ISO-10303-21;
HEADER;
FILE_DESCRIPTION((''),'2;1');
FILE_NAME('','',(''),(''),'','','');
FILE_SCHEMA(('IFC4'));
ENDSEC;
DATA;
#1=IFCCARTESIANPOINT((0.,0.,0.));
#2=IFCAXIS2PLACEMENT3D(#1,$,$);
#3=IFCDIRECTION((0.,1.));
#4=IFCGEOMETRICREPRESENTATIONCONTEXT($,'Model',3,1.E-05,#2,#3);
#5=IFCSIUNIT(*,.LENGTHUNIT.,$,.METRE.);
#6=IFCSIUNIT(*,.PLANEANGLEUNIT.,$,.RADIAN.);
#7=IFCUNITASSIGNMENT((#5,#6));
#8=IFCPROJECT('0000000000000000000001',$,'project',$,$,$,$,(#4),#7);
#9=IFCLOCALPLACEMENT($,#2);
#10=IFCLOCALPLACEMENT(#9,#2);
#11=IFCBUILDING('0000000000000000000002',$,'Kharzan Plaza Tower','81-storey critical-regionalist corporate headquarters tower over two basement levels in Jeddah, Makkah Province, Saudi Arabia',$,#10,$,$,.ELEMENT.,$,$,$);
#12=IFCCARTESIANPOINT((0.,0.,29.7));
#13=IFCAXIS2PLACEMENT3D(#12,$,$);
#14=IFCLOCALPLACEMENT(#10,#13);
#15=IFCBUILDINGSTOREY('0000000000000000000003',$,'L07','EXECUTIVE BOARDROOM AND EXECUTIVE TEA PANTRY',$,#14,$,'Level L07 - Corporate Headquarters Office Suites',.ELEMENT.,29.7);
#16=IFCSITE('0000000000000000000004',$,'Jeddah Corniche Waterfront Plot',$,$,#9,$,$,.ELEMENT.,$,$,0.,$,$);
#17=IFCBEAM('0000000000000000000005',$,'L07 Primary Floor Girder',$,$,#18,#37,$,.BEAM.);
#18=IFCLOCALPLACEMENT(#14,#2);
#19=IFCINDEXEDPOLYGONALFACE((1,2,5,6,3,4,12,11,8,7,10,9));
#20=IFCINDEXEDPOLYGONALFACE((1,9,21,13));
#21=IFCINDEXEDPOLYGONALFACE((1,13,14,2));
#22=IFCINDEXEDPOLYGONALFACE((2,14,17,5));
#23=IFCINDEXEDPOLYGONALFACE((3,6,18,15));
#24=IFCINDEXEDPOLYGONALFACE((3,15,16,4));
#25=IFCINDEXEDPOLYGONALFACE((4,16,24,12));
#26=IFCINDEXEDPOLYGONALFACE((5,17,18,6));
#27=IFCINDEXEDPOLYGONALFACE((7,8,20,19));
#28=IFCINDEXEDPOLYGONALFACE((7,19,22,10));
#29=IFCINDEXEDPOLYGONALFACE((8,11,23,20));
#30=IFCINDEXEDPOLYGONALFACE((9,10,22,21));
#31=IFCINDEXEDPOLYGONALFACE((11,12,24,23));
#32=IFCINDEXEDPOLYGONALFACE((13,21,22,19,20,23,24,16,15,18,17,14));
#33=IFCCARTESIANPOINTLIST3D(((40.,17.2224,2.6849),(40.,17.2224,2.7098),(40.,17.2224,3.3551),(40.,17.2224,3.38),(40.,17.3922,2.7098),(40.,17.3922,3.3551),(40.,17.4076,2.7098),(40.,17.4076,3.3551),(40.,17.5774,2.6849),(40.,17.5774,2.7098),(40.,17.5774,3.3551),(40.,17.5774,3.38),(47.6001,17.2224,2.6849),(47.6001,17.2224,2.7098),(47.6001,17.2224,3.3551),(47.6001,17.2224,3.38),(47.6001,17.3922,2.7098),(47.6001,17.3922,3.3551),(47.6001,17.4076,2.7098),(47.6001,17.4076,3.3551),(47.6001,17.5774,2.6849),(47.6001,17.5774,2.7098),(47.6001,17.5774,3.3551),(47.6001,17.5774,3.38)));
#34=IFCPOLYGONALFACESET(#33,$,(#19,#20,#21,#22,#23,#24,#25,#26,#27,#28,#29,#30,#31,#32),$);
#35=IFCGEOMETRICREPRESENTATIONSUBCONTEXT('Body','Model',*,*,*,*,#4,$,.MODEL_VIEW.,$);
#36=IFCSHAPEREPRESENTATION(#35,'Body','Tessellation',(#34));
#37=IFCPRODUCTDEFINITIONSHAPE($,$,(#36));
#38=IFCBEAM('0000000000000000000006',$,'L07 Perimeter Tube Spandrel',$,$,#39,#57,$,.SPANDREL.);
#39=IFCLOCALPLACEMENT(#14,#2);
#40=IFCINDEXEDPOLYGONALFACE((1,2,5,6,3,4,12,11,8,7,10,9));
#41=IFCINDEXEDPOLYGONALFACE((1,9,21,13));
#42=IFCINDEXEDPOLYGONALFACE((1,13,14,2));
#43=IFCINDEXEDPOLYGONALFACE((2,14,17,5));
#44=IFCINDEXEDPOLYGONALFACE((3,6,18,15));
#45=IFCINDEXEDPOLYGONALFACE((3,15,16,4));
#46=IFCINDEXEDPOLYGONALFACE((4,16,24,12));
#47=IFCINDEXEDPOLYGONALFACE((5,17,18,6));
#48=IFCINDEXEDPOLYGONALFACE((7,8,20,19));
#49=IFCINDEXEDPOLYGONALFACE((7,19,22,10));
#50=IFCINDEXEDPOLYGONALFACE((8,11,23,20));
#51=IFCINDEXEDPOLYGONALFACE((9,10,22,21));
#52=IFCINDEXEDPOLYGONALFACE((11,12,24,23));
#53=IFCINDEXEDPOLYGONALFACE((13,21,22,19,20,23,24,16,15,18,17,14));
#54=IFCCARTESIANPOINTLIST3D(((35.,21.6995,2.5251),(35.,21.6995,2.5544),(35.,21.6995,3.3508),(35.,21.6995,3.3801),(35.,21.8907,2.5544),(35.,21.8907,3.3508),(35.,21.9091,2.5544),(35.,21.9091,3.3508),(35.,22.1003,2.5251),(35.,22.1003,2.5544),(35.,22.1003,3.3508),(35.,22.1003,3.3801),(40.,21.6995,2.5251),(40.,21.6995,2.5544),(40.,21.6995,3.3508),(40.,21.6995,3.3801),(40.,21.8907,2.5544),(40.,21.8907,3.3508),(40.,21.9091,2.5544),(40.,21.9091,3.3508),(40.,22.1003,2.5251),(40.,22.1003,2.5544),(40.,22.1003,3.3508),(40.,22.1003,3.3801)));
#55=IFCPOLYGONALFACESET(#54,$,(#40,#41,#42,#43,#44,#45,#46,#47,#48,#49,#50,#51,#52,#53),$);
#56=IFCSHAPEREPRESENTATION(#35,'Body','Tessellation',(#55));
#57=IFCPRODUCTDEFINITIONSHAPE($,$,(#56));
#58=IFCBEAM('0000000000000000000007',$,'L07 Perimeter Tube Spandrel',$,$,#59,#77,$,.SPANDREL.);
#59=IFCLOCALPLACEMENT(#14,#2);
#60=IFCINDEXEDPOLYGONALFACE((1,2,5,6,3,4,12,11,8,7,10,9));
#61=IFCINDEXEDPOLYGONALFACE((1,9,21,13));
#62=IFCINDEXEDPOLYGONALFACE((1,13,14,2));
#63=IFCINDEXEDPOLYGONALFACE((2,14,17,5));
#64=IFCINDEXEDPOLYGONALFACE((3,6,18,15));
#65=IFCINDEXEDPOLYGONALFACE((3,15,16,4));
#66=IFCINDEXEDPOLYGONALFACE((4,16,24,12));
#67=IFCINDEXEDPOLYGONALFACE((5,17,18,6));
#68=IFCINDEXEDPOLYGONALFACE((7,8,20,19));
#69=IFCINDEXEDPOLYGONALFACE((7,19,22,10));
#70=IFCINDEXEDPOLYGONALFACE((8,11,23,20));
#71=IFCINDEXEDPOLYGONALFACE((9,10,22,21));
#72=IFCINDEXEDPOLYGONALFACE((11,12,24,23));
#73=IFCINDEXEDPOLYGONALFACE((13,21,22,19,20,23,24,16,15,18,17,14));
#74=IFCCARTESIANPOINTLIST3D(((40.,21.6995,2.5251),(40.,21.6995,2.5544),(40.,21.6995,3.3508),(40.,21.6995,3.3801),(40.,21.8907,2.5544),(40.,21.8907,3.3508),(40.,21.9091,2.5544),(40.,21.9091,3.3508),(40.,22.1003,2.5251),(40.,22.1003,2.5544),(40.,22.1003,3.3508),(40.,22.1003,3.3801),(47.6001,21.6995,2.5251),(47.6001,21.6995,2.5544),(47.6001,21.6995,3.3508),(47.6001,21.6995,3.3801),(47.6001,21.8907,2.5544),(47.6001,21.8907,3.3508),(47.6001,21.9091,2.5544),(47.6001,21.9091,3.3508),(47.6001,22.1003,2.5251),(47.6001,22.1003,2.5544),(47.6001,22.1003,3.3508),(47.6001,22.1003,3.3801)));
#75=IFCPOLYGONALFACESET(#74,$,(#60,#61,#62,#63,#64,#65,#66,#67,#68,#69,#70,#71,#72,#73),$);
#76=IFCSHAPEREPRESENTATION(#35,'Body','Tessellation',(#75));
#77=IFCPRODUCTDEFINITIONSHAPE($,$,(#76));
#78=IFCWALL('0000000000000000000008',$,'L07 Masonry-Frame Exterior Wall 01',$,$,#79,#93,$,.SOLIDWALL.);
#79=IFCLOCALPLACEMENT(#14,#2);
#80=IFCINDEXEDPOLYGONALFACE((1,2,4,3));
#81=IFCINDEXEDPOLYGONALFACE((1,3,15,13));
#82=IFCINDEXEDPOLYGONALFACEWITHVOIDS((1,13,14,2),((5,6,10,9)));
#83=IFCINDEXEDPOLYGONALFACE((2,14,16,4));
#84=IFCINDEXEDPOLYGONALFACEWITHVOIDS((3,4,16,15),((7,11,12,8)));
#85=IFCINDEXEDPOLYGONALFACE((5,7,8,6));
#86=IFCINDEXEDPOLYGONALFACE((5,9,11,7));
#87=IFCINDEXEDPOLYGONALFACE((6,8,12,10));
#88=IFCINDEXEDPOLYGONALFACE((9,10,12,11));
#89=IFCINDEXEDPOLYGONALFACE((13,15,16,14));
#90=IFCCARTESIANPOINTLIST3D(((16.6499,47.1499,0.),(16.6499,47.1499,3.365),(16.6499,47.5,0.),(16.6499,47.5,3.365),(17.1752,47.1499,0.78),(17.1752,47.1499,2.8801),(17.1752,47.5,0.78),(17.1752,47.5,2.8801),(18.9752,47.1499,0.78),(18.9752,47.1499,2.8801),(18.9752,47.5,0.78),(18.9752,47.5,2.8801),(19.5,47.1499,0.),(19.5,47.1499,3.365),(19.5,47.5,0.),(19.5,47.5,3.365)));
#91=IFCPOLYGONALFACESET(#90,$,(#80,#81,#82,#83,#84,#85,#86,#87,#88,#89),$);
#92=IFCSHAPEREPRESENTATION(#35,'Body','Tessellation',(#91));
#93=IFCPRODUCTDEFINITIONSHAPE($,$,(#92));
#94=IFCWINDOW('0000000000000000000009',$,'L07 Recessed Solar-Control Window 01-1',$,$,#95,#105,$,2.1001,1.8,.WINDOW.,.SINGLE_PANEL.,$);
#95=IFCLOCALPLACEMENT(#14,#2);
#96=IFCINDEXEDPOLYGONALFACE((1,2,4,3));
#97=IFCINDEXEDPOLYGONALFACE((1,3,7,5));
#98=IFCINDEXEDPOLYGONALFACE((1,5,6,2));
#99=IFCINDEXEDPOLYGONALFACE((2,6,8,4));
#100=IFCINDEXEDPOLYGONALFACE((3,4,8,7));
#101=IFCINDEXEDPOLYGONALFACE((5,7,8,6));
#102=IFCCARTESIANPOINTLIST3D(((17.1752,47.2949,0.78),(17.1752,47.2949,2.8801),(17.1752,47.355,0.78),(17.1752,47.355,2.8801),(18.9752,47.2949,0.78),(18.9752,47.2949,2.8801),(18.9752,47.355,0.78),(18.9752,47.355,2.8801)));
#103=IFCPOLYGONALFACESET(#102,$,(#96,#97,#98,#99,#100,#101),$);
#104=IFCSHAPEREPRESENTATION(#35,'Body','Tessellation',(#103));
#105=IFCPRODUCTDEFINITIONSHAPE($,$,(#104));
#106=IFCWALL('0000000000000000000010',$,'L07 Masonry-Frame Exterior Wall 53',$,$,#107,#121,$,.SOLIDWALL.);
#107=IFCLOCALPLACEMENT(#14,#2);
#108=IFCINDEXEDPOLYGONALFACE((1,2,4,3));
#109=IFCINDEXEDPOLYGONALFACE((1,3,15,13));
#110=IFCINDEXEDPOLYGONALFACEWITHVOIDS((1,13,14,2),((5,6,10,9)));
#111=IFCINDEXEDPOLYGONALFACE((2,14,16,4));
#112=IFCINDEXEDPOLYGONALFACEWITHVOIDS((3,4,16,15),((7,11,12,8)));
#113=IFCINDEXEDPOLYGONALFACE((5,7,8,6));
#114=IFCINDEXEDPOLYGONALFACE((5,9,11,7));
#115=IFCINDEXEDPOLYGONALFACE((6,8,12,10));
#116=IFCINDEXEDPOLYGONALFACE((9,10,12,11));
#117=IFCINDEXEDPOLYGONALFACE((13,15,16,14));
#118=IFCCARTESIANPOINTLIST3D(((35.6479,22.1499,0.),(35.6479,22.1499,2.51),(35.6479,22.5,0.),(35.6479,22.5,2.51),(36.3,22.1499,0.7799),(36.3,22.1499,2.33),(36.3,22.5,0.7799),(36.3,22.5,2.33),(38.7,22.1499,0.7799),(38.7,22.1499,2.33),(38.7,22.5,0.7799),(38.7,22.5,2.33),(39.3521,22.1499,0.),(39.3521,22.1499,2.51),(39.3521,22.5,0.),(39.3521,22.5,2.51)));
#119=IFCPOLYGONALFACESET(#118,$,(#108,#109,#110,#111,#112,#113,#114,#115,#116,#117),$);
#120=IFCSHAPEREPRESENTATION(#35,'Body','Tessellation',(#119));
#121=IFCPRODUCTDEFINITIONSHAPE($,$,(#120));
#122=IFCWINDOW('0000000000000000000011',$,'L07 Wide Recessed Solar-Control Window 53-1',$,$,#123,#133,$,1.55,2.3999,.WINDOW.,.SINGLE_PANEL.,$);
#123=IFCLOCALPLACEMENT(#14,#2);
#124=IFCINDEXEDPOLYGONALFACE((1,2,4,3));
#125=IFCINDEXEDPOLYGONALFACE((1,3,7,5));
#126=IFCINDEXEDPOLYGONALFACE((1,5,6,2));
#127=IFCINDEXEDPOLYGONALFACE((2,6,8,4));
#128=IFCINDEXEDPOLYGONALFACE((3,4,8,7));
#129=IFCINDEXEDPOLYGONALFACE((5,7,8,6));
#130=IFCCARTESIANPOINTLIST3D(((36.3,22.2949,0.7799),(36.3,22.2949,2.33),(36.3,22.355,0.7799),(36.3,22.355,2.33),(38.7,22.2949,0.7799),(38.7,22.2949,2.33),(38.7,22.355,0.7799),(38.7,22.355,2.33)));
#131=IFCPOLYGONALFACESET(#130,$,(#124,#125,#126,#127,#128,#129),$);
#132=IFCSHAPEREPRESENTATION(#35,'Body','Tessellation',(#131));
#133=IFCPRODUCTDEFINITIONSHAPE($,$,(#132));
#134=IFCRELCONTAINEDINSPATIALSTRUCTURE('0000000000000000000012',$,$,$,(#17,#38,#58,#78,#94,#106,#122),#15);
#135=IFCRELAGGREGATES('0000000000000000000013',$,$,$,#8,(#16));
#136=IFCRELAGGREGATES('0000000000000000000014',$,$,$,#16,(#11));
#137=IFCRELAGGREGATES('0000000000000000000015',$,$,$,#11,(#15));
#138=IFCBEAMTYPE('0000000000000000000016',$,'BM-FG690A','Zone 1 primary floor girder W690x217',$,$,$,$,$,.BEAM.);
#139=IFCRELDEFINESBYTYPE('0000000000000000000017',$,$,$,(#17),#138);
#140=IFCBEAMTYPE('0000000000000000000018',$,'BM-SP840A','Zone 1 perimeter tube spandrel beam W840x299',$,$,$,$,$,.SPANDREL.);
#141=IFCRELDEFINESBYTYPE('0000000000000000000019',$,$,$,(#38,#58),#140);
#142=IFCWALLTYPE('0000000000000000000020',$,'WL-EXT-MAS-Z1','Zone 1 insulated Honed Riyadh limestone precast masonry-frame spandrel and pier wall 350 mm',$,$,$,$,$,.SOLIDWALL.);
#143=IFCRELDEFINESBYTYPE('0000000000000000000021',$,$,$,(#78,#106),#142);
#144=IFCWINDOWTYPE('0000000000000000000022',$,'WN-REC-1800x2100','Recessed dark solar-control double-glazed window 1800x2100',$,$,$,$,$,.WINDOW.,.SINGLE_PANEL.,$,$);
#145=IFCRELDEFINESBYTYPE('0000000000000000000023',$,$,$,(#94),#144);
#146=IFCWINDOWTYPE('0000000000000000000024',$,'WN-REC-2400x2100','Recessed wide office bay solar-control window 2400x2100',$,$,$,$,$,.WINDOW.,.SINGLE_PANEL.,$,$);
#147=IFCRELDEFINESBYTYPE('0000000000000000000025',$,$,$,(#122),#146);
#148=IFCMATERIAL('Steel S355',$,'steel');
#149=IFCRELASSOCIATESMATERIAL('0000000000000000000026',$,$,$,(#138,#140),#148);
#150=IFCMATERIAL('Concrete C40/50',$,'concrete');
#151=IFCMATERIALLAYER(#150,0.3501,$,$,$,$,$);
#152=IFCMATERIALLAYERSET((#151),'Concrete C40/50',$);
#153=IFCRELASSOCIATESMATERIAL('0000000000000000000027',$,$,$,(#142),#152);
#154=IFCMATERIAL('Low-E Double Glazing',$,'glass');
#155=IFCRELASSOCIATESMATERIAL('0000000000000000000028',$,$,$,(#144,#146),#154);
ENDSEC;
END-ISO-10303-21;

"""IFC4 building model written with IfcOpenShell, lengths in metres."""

from ifc_helpers import new_model, si_unit, direction, frame, frame_2d, origin, origin_2d, place, context, subcontext, project, spatial, rectangle, i_section, extrude, source, transform, mapped, material, layer, layer_set, material_profile, profile_set, type_object, element, fill, save


model = new_model("IFC4")

# Units and contexts
model_context = context("Model", 3, precision=1e-05, world=origin(), true_north=direction((0.0, 1.0)))
body_context = subcontext(model_context, "Body", "Model", "MODEL_VIEW")
ifc_project = project(units=[si_unit("LENGTHUNIT", "METRE"), si_unit("PLANEANGLEUNIT", "RADIAN")], contexts=[model_context])

# Site, building, storey
site_placement = place(None, origin())
site = spatial("IfcSite", under=ifc_project, at=site_placement, Name="Jeddah Corniche Waterfront Plot", CompositionType="ELEMENT", RefElevation=0.0)
building_placement = place(site_placement, origin())
building = spatial("IfcBuilding", under=site, at=building_placement, Name="Kharzan Plaza Tower", Description="81-storey critical-regionalist corporate headquarters tower over two basement levels in Jeddah, Makkah Province, Saudi Arabia", CompositionType="ELEMENT")
storey_placement = place(building_placement, frame((0.0, 0.0, 29.7)))
storey = spatial("IfcBuildingStorey", under=building, at=storey_placement, Name="L07", Description="EXECUTIVE BOARDROOM AND EXECUTIVE TEA PANTRY", LongName="Level L07 - Corporate Headquarters Office Suites", CompositionType="ELEMENT", Elevation=29.7)

# Beams
ifc_material_1 = material(Name="Steel S355", Category="steel")
ifc_material_profile_1 = material_profile(ifc_material_1, i_section(OverallWidth=0.355, OverallDepth=0.6951, WebThickness=0.0154, FlangeThickness=0.0249, at=origin_2d()), Name="W690x217")
ifc_profile_set_1 = profile_set([ifc_material_profile_1], Name="Steel S355")
beam_type_1 = type_object("IfcBeamType", Name="BM-FG690A", Description="Zone 1 primary floor girder W690x217", PredefinedType="BEAM", material=ifc_profile_set_1)
shared_shape_1 = source(origin(), body_context, "Body", "SweptSolid", [
    extrude(i_section(OverallWidth=0.355, OverallDepth=0.6951, WebThickness=0.0154, FlangeThickness=0.0249, at=origin_2d()), origin(), (0.0, 0.0, 1.0), 7.6001),
])
beam_1_placement = place(storey_placement, frame((40.0, 17.3999, 3.0325), z_axis=(1.0, 0.0, 0.0), x_axis=(0.0, 1.0, 0.0)))
element("IfcBeam", 1, at=beam_1_placement, inside=storey, type_object=beam_type_1, Name="L07 Primary Floor Girder", PredefinedType="BEAM", context=body_context, shape_type="MappedRepresentation", body=[
    mapped(shared_shape_1, transform((0.0, 0.0, 0.0), x_axis=(1.0, 0.0, 0.0), y_axis=(0.0, 1.0, 0.0), z_axis=(0.0, 0.0, 1.0))),
])
ifc_material_profile_2 = material_profile(ifc_material_1, i_section(OverallWidth=0.4009, OverallDepth=0.855, WebThickness=0.0183, FlangeThickness=0.0293, at=origin_2d()), Name="W840x299")
ifc_profile_set_2 = profile_set([ifc_material_profile_2], Name="Steel S355")
beam_type_2 = type_object("IfcBeamType", Name="BM-SP840A", Description="Zone 1 perimeter tube spandrel beam W840x299", PredefinedType="SPANDREL", material=ifc_profile_set_2)
shared_shape_2 = source(origin(), body_context, "Body", "SweptSolid", [
    extrude(i_section(OverallWidth=0.4009, OverallDepth=0.855, WebThickness=0.0183, FlangeThickness=0.0293, at=origin_2d()), origin(), (0.0, 0.0, 1.0), 5.0),
])
beam_2_placement = place(storey_placement, frame((35.0, 21.8999, 2.9526), z_axis=(1.0, 0.0, 0.0), x_axis=(0.0, 1.0, 0.0)))
element("IfcBeam", 2, at=beam_2_placement, inside=storey, type_object=beam_type_2, Name="L07 Perimeter Tube Spandrel", PredefinedType="SPANDREL", context=body_context, shape_type="MappedRepresentation", body=[
    mapped(shared_shape_2, transform((0.0, 0.0, 0.0), x_axis=(1.0, 0.0, 0.0), y_axis=(0.0, 1.0, 0.0), z_axis=(0.0, 0.0, 1.0))),
])
shared_shape_3 = source(origin(), body_context, "Body", "SweptSolid", [
    extrude(i_section(OverallWidth=0.4009, OverallDepth=0.855, WebThickness=0.0183, FlangeThickness=0.0293, at=origin_2d()), origin(), (0.0, 0.0, 1.0), 7.6001),
])
beam_3_placement = place(storey_placement, frame((40.0, 21.8999, 2.9526), z_axis=(1.0, 0.0, 0.0), x_axis=(0.0, 1.0, 0.0)))
element("IfcBeam", 3, at=beam_3_placement, inside=storey, type_object=beam_type_2, Name="L07 Perimeter Tube Spandrel", PredefinedType="SPANDREL", context=body_context, shape_type="MappedRepresentation", body=[
    mapped(shared_shape_3, transform((0.0, 0.0, 0.0), x_axis=(1.0, 0.0, 0.0), y_axis=(0.0, 1.0, 0.0), z_axis=(0.0, 0.0, 1.0))),
])

# Walls, openings, windows
ifc_material_2 = material(Name="Concrete C40/50", Category="concrete")
ifc_layer_1 = layer(ifc_material_2, 0.3501)
ifc_layer_set_1 = layer_set([ifc_layer_1], Name="Concrete C40/50")
wall_type_1 = type_object("IfcWallType", Name="WL-EXT-MAS-Z1", Description="Zone 1 insulated Honed Riyadh limestone precast masonry-frame spandrel and pier wall 350 mm", PredefinedType="SOLIDWALL", material=ifc_layer_set_1)
wall_1_placement = place(storey_placement, frame((19.5, 47.325, 0.0), z_axis=(0.0, 0.0, 1.0), x_axis=(-1.0, 0.0, 0.0)))
wall_1 = element("IfcWall", 4, at=wall_1_placement, inside=storey, type_object=wall_type_1, Name="L07 Masonry-Frame Exterior Wall 01", PredefinedType="SOLIDWALL", context=body_context, shape_type="SweptSolid", body=[
    extrude(rectangle(XDim=2.8501, YDim=0.3501, at=frame_2d((1.425, 0.0))), origin(), (0.0, 0.0, 1.0), 3.365),
])
opening_1_placement = place(wall_1_placement, frame((0.5249, 0.0, 0.78)))
opening_1 = element("IfcOpeningElement", 5, at=opening_1_placement, cuts=wall_1, PredefinedType="OPENING", context=body_context, shape_type="SweptSolid", body=[
    extrude(rectangle(XDim=1.8, YDim=2.1001, at=frame_2d((0.8999, 1.05))), frame((0.0, 0.1851, 0.0), z_axis=(0.0, -1.0, 0.0), x_axis=(1.0, 0.0, 0.0)), (0.0, 0.0, 1.0), 0.3701),
])
ifc_material_3 = material(Name="Low-E Double Glazing", Category="glass")
window_type_1 = type_object("IfcWindowType", Name="WN-REC-1800x2100", Description="Recessed dark solar-control double-glazed window 1800x2100", PartitioningType="SINGLE_PANEL", PredefinedType="WINDOW", material=ifc_material_3)
shared_shape_4 = source(origin(), body_context, "Body", "SweptSolid", [
    extrude(rectangle(XDim=1.8, YDim=2.1001, at=frame_2d((0.8999, 1.05))), frame((0.0, 0.03, 0.0), z_axis=(0.0, -1.0, 0.0), x_axis=(1.0, 0.0, 0.0)), (0.0, 0.0, 1.0), 0.0601),
])
window_1_placement = place(opening_1_placement, origin())
window_1 = element("IfcWindow", 6, at=window_1_placement, inside=storey, type_object=window_type_1, Name="L07 Recessed Solar-Control Window 01-1", OverallHeight=2.1001, OverallWidth=1.8, PartitioningType="SINGLE_PANEL", PredefinedType="WINDOW", context=body_context, shape_type="MappedRepresentation", body=[
    mapped(shared_shape_4, transform((0.0, 0.0, 0.0), x_axis=(1.0, 0.0, 0.0), y_axis=(0.0, 1.0, 0.0), z_axis=(0.0, 0.0, 1.0))),
])
fill(opening_1, window_1)
wall_2_placement = place(storey_placement, frame((39.3521, 22.325, 0.0), z_axis=(0.0, 0.0, 1.0), x_axis=(-1.0, 0.0, 0.0)))
wall_2 = element("IfcWall", 7, at=wall_2_placement, inside=storey, type_object=wall_type_1, Name="L07 Masonry-Frame Exterior Wall 53", PredefinedType="SOLIDWALL", context=body_context, shape_type="SweptSolid", body=[
    extrude(rectangle(XDim=3.7041, YDim=0.3501, at=frame_2d((1.8521, 0.0))), origin(), (0.0, 0.0, 1.0), 2.51),
])
opening_2_placement = place(wall_2_placement, frame((0.6521, 0.0, 0.78)))
opening_2 = element("IfcOpeningElement", 8, at=opening_2_placement, cuts=wall_2, PredefinedType="OPENING", context=body_context, shape_type="SweptSolid", body=[
    extrude(rectangle(XDim=2.3999, YDim=1.55, at=frame_2d((1.2, 0.7749))), frame((0.0, 0.1851, 0.0), z_axis=(0.0, -1.0, 0.0), x_axis=(1.0, 0.0, 0.0)), (0.0, 0.0, 1.0), 0.3701),
])
window_type_2 = type_object("IfcWindowType", Name="WN-REC-2400x2100", Description="Recessed wide office bay solar-control window 2400x2100", PartitioningType="SINGLE_PANEL", PredefinedType="WINDOW", material=ifc_material_3)
shared_shape_5 = source(origin(), body_context, "Body", "SweptSolid", [
    extrude(rectangle(XDim=2.3999, YDim=1.55, at=frame_2d((1.2, 0.7749))), frame((0.0, 0.03, 0.0), z_axis=(0.0, -1.0, 0.0), x_axis=(1.0, 0.0, 0.0)), (0.0, 0.0, 1.0), 0.0601),
])
window_2_placement = place(opening_2_placement, origin())
window_2 = element("IfcWindow", 9, at=window_2_placement, inside=storey, type_object=window_type_2, Name="L07 Wide Recessed Solar-Control Window 53-1", OverallHeight=1.55, OverallWidth=2.3999, PartitioningType="SINGLE_PANEL", PredefinedType="WINDOW", context=body_context, shape_type="MappedRepresentation", body=[
    mapped(shared_shape_5, transform((0.0, 0.0, 0.0), x_axis=(1.0, 0.0, 0.0), y_axis=(0.0, 1.0, 0.0), z_axis=(0.0, 0.0, 1.0))),
])
fill(opening_2, window_2)

save(model, "model.ifc")
